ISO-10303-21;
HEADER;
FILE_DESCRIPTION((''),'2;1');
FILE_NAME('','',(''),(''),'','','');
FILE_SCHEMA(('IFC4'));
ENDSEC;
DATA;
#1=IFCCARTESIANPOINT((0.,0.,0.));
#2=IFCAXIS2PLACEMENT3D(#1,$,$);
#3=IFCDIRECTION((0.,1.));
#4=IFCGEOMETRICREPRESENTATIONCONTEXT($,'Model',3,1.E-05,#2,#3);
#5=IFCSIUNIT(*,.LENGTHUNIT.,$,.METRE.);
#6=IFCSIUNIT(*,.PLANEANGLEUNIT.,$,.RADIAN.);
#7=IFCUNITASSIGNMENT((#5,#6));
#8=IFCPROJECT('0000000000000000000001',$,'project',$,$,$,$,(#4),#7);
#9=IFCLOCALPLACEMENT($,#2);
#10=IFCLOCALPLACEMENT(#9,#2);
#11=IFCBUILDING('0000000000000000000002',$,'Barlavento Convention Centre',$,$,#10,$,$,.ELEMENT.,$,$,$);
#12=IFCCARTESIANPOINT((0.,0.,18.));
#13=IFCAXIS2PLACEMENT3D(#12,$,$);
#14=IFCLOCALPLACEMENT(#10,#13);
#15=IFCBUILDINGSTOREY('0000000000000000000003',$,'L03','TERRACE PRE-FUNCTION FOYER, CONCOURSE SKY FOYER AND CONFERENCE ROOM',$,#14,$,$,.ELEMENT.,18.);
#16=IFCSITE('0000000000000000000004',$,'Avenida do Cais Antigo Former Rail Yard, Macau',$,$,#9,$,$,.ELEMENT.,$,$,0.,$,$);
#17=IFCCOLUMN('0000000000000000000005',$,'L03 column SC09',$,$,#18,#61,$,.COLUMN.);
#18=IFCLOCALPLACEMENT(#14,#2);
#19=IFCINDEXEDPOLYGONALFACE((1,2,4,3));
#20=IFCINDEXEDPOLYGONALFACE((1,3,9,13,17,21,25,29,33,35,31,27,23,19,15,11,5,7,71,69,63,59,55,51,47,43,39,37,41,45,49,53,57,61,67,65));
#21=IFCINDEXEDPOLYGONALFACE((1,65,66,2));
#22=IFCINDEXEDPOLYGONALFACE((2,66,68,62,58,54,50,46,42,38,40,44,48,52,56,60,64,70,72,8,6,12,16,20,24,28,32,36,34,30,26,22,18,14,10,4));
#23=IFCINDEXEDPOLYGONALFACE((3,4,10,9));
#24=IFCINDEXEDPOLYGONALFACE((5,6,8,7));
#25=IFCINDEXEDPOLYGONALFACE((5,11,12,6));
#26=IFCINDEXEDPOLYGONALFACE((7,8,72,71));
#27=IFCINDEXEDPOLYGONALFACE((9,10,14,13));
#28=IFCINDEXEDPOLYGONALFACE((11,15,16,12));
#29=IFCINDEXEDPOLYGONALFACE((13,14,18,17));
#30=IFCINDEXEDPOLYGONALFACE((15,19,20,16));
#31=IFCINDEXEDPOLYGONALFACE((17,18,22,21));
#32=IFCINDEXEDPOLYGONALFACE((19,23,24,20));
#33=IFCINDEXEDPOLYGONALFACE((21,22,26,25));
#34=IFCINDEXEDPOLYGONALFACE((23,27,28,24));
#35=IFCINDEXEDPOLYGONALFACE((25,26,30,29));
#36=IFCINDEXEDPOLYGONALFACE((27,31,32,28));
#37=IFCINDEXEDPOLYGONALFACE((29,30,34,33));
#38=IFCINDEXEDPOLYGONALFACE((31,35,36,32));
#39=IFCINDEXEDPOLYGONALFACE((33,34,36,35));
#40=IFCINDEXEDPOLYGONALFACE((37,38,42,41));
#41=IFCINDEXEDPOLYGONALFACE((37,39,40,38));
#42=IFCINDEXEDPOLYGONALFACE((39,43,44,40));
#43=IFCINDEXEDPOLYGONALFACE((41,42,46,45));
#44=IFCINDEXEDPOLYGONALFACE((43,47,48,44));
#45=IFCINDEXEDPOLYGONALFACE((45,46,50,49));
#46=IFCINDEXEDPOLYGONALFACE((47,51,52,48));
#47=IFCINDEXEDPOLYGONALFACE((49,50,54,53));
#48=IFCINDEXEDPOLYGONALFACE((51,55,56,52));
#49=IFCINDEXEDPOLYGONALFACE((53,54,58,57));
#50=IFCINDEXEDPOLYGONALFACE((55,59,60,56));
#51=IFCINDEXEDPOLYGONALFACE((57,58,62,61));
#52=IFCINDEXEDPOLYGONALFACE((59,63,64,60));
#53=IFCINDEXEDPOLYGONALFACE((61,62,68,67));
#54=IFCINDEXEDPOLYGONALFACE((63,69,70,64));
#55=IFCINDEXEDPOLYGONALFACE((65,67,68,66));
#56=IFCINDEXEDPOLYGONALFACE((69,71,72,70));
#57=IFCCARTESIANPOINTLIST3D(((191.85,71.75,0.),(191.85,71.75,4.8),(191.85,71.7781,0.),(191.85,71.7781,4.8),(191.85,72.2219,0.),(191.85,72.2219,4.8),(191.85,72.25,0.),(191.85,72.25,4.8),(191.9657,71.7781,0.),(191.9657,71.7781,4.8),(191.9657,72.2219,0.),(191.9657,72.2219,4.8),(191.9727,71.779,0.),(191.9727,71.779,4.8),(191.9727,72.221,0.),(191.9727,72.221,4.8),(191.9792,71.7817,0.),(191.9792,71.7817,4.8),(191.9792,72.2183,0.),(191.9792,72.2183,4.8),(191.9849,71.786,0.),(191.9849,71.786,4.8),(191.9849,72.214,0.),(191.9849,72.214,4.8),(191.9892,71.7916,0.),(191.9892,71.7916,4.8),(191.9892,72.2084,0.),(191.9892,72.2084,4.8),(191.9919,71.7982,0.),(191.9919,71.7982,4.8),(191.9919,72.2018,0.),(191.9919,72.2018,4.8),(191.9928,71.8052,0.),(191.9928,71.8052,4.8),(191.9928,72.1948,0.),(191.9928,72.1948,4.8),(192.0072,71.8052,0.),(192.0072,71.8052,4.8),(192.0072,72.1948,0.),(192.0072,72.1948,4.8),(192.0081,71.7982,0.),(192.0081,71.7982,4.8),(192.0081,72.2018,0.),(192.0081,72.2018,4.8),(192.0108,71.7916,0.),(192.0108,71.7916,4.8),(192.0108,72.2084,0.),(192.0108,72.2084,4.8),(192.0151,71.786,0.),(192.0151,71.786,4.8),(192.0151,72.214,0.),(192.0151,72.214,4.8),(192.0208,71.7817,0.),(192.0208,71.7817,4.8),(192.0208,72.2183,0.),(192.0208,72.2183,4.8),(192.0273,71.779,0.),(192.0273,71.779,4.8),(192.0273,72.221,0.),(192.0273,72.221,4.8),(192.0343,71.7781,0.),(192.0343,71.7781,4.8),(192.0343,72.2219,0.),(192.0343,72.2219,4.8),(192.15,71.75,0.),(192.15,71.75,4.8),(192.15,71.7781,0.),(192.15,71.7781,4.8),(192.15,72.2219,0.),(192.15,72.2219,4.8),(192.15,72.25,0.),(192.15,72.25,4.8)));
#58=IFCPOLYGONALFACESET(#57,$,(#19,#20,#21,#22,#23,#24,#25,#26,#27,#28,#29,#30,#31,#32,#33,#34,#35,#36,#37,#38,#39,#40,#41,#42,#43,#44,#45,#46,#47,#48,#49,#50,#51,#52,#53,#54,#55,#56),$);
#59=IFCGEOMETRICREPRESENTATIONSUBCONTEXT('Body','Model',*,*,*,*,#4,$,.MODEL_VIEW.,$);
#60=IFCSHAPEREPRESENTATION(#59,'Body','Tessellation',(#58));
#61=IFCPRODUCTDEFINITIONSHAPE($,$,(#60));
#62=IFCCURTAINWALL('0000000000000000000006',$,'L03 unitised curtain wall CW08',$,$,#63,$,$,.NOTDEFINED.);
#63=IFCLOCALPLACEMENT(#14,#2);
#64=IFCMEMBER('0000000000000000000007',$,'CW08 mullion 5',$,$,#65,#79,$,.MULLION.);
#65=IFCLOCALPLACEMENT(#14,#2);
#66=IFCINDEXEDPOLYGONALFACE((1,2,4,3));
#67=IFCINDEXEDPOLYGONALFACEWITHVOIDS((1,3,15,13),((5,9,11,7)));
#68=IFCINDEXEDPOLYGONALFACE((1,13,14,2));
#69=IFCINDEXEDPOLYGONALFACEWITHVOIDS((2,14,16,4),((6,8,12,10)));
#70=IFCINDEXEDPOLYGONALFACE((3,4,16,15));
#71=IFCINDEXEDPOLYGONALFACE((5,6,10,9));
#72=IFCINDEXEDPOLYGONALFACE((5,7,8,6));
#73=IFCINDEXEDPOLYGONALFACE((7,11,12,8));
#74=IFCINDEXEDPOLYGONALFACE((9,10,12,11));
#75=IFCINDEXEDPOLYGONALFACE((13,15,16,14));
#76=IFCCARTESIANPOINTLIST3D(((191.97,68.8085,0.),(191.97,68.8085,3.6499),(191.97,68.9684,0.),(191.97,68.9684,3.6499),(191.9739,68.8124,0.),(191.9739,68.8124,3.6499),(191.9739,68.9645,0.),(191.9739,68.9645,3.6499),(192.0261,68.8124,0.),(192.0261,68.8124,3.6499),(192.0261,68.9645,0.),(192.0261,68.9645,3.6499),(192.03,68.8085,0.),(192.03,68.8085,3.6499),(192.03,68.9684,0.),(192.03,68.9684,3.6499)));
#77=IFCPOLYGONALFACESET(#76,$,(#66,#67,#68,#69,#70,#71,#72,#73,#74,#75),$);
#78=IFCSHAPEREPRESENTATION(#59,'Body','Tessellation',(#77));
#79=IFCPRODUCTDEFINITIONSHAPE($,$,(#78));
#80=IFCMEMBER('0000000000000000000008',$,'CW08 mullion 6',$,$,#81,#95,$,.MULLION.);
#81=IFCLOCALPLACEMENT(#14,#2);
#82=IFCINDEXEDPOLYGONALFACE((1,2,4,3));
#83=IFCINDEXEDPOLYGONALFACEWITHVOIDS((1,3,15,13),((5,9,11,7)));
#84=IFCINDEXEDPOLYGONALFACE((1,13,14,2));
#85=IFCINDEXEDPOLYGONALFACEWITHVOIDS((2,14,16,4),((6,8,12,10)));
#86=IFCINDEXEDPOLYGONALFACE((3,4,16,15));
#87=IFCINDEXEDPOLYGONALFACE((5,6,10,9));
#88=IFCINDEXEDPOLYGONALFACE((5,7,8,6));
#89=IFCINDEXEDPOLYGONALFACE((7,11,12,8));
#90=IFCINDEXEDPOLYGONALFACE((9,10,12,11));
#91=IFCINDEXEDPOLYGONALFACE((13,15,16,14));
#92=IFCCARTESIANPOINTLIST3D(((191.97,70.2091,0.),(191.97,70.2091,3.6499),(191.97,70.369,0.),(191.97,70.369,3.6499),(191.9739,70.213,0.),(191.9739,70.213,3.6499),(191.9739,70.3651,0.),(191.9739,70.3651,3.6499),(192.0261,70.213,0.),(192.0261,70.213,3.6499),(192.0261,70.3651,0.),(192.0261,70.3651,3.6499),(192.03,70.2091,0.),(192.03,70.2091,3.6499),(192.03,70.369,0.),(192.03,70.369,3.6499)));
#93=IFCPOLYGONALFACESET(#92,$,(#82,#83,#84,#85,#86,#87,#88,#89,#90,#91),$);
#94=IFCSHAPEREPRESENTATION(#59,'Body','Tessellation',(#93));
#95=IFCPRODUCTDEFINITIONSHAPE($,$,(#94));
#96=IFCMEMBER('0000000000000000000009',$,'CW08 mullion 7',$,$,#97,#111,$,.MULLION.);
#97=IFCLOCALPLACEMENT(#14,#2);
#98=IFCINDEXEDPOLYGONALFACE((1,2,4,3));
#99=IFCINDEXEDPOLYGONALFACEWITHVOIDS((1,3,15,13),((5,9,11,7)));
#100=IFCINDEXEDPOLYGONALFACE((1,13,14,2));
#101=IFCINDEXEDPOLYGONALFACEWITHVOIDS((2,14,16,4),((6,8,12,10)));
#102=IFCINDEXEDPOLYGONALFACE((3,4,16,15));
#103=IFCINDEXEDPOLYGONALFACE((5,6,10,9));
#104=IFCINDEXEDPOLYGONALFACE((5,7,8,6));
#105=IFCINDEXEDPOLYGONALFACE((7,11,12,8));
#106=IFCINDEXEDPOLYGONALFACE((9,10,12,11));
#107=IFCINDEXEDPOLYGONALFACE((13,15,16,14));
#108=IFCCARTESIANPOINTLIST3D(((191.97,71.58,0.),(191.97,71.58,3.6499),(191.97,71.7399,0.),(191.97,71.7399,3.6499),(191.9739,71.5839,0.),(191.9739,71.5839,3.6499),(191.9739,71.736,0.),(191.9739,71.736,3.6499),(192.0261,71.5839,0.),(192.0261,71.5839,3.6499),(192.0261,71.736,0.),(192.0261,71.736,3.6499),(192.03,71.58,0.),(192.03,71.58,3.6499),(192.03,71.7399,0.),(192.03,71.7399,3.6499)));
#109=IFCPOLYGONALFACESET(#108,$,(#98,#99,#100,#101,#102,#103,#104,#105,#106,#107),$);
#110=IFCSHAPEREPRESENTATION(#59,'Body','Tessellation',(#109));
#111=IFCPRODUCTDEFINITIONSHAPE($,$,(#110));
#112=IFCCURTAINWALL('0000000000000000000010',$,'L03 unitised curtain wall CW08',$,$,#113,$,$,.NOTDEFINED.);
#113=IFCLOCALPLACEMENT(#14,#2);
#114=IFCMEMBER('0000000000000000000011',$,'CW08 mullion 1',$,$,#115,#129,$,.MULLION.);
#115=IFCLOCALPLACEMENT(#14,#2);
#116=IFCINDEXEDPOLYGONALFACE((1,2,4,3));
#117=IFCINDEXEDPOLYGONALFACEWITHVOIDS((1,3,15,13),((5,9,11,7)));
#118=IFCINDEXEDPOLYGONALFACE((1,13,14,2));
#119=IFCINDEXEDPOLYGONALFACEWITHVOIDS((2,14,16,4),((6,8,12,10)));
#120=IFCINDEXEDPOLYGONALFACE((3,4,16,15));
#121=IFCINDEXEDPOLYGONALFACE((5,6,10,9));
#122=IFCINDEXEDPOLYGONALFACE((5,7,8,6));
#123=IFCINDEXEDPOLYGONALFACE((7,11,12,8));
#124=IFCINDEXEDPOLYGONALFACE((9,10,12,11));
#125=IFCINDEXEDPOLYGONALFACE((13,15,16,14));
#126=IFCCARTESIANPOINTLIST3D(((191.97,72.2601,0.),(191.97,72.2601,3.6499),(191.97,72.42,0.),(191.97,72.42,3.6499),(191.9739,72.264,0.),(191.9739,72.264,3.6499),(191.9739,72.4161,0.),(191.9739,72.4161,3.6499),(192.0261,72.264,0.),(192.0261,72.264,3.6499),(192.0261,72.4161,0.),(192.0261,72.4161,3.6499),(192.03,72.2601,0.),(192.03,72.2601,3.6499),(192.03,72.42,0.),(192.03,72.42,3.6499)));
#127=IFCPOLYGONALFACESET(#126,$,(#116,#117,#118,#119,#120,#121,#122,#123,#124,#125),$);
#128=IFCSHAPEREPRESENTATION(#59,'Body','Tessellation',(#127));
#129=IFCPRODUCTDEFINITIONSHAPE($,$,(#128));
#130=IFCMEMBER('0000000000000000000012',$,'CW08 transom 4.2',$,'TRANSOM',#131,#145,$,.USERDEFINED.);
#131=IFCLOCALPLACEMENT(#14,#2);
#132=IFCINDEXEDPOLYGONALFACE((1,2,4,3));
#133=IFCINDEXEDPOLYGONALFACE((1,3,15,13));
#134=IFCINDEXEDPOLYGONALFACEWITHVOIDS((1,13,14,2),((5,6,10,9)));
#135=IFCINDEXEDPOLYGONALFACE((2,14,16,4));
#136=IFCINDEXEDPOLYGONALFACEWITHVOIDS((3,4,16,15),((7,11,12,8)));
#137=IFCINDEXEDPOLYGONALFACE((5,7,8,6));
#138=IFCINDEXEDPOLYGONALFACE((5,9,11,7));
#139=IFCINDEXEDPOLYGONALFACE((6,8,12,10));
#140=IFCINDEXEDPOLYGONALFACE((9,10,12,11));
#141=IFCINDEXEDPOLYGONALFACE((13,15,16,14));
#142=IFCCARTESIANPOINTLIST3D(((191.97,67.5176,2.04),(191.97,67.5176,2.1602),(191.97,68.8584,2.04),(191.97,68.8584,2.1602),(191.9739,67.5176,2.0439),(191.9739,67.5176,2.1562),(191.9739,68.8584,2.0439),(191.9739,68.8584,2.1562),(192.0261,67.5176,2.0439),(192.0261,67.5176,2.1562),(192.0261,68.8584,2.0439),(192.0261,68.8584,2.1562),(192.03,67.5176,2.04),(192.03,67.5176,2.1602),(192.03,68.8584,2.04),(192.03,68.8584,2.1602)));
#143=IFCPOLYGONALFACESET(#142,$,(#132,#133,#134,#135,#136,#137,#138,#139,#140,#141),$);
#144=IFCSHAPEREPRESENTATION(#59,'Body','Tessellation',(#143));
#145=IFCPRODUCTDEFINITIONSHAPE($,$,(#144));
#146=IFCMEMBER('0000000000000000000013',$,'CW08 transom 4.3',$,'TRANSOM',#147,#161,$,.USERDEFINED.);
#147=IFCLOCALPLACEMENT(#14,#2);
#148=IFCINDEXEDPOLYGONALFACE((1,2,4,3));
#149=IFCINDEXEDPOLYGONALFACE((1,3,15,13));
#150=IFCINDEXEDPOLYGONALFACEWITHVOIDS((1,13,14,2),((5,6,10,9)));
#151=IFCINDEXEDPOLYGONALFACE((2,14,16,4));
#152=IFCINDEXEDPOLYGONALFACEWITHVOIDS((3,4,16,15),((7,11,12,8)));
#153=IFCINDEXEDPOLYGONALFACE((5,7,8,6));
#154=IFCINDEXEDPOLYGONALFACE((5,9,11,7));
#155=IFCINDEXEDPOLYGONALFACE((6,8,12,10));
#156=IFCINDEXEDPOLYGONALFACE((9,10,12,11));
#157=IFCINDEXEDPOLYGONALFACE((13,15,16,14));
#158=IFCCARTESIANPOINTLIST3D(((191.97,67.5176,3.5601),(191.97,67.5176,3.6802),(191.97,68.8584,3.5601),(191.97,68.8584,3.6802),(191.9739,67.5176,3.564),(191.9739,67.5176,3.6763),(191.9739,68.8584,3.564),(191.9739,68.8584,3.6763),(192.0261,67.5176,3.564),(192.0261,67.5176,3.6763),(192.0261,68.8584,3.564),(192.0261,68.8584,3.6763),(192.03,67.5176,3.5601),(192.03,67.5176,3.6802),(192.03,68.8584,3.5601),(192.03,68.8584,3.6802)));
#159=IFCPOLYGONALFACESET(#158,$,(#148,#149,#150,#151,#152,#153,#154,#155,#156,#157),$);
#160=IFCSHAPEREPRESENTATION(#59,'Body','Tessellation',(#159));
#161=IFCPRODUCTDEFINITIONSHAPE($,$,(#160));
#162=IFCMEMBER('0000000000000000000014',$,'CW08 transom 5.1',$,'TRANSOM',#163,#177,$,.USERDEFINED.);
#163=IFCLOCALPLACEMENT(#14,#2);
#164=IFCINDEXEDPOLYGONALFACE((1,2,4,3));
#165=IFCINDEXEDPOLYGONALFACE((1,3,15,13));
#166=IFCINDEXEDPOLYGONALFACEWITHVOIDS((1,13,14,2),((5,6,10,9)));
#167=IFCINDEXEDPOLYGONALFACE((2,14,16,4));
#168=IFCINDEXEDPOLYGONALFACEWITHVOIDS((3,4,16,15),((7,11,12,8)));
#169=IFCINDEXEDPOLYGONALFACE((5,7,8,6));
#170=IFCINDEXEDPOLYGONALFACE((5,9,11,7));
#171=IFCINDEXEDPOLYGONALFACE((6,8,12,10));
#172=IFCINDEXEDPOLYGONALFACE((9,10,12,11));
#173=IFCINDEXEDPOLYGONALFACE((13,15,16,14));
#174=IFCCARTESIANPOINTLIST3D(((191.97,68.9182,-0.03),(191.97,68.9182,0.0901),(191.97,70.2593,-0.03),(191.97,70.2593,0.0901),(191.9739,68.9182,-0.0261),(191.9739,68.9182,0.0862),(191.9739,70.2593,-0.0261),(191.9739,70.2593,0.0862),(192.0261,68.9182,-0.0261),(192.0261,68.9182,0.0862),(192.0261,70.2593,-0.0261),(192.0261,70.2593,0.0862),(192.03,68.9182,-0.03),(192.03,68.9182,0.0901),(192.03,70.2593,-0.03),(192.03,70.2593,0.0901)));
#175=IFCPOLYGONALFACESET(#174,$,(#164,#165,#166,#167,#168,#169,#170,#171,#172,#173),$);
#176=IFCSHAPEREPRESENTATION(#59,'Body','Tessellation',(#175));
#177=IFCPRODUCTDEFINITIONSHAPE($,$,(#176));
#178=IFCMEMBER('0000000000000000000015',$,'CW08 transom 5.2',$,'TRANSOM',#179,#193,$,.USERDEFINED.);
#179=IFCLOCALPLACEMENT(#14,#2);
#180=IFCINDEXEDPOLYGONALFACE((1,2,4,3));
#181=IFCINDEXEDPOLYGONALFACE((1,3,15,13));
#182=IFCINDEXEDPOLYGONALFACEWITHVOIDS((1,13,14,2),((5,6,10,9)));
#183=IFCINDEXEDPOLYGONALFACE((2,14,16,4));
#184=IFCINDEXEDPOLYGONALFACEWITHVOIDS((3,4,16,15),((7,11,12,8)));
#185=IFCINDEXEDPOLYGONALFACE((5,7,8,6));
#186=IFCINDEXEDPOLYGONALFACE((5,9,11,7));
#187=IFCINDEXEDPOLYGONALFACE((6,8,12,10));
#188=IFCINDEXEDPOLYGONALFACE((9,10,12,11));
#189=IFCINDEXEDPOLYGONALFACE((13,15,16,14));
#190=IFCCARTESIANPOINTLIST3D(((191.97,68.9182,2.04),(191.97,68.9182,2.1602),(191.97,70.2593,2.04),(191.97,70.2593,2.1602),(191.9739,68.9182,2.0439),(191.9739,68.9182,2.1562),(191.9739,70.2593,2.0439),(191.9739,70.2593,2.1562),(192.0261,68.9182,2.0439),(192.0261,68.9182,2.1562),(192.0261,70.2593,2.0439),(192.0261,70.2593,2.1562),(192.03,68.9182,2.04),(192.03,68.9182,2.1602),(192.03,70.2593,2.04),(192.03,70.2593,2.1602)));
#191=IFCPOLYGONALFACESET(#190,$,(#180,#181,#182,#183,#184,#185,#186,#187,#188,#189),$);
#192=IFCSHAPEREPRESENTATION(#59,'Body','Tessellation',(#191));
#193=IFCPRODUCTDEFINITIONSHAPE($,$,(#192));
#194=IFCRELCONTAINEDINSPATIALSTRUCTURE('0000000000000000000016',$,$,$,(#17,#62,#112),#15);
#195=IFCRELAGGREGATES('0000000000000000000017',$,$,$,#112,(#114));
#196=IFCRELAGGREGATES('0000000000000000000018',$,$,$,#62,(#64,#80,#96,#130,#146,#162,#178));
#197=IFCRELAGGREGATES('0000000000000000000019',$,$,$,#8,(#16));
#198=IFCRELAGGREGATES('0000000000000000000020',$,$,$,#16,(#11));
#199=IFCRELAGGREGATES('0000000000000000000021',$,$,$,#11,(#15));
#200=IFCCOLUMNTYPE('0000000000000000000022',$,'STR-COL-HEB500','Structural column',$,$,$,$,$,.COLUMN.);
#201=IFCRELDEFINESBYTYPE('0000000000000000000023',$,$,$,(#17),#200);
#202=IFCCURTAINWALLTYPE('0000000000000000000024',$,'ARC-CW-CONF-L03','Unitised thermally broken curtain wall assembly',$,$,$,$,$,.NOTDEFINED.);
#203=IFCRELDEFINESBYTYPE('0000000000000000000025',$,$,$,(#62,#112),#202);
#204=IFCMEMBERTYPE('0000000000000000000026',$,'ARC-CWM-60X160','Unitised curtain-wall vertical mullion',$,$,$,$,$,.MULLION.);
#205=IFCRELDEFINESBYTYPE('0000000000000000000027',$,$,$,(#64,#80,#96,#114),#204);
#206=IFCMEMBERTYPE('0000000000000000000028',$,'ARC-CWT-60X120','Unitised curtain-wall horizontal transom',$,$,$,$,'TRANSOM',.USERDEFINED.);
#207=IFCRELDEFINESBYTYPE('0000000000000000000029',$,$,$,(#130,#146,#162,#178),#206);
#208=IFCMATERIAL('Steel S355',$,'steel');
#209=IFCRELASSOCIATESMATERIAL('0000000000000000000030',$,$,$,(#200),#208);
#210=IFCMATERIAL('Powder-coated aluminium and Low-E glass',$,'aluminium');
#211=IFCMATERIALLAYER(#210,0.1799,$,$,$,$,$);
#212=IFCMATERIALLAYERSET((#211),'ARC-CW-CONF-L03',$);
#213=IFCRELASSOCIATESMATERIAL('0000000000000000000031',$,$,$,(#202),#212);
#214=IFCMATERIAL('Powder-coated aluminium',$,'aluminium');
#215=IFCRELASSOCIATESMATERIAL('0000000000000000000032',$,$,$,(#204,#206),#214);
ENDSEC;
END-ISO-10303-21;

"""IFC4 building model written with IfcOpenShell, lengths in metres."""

from ifc_helpers import new_model, si_unit, direction, frame, origin, origin_2d, place, context, subcontext, project, spatial, hollow_rectangle, i_section, extrude, material, layer, layer_set, material_profile, profile_set, type_object, element, aggregate, save


model = new_model("IFC4")

# Units and contexts
model_context = context("Model", 3, precision=1e-05, world=origin(), true_north=direction((0.0, 1.0)))
body_context = subcontext(model_context, "Body", "Model", "MODEL_VIEW")
ifc_project = project(units=[si_unit("LENGTHUNIT", "METRE"), si_unit("PLANEANGLEUNIT", "RADIAN")], contexts=[model_context])

# Site, building, storey
site_placement = place(None, origin())
site = spatial("IfcSite", under=ifc_project, at=site_placement, Name="Avenida do Cais Antigo Former Rail Yard, Macau", CompositionType="ELEMENT", RefElevation=0.0)
building_placement = place(site_placement, origin())
building = spatial("IfcBuilding", under=site, at=building_placement, Name="Barlavento Convention Centre", CompositionType="ELEMENT")
storey_placement = place(building_placement, frame((0.0, 0.0, 18.0)))
storey = spatial("IfcBuildingStorey", under=building, at=storey_placement, Name="L03", Description="TERRACE PRE-FUNCTION FOYER, CONCOURSE SKY FOYER AND CONFERENCE ROOM", CompositionType="ELEMENT", Elevation=18.0)

# Column
ifc_material_1 = material(Name="Steel S355", Category="steel")
ifc_material_profile_1 = material_profile(ifc_material_1, i_section(OverallWidth=0.3, OverallDepth=0.5, WebThickness=0.0144, FlangeThickness=0.0281, FilletRadius=0.0271, at=origin_2d()), Name="HEB 500")
ifc_profile_set_1 = profile_set([ifc_material_profile_1], Name="Steel S355")
column_type = type_object("IfcColumnType", Name="STR-COL-HEB500", Description="Structural column", PredefinedType="COLUMN", material=ifc_profile_set_1)
column_placement = place(storey_placement, frame((192.0, 72.0, 0.0), z_axis=(0.0, 0.0, 1.0), x_axis=(1.0, 0.0, 0.0)))
element("IfcColumn", 1, at=column_placement, inside=storey, type_object=column_type, Name="L03 column SC09", PredefinedType="COLUMN", context=body_context, shape_type="SweptSolid", body=[
    extrude(i_section(OverallWidth=0.3, OverallDepth=0.5, WebThickness=0.0144, FlangeThickness=0.0281, FilletRadius=0.0271, at=origin_2d()), origin(), (0.0, 0.0, 1.0), 4.8),
])

# Curtain wall, members
ifc_material_2 = material(Name="Powder-coated aluminium and Low-E glass", Category="aluminium")
ifc_layer_1 = layer(ifc_material_2, 0.1799)
ifc_layer_set_1 = layer_set([ifc_layer_1], Name="ARC-CW-CONF-L03")
curtain_wall_type = type_object("IfcCurtainWallType", Name="ARC-CW-CONF-L03", Description="Unitised thermally broken curtain wall assembly", PredefinedType="NOTDEFINED", material=ifc_layer_set_1)
curtain_wall_1_placement = place(storey_placement, origin())
curtain_wall_1 = element("IfcCurtainWall", 2, at=curtain_wall_1_placement, inside=storey, type_object=curtain_wall_type, Name="L03 unitised curtain wall CW08", PredefinedType="NOTDEFINED")
ifc_material_3 = material(Name="Powder-coated aluminium", Category="aluminium")
ifc_material_profile_2 = material_profile(ifc_material_3, hollow_rectangle(XDim=0.0601, YDim=0.1599, WallThickness=0.0039, at=origin_2d()), Name="AL-MULL 60x160x4")
ifc_profile_set_2 = profile_set([ifc_material_profile_2], Name="Powder-coated aluminium")
member_type_1 = type_object("IfcMemberType", Name="ARC-CWM-60X160", Description="Unitised curtain-wall vertical mullion", PredefinedType="MULLION", material=ifc_profile_set_2)
member_1_placement = place(storey_placement, frame((192.0, 68.8884, 0.0), z_axis=(0.0, 0.0, 1.0), x_axis=(-1.0, 0.0, 0.0)))
member_1 = element("IfcMember", 3, at=member_1_placement, type_object=member_type_1, Name="CW08 mullion 5", PredefinedType="MULLION", context=body_context, shape_type="SweptSolid", body=[
    extrude(hollow_rectangle(XDim=0.0601, YDim=0.1599, WallThickness=0.0039, at=origin_2d()), origin(), (0.0, 0.0, 1.0), 3.6499),
])
member_2_placement = place(storey_placement, frame((192.0, 70.2891, 0.0), z_axis=(0.0, 0.0, 1.0), x_axis=(-1.0, 0.0, 0.0)))
member_2 = element("IfcMember", 4, at=member_2_placement, type_object=member_type_1, Name="CW08 mullion 6", PredefinedType="MULLION", context=body_context, shape_type="SweptSolid", body=[
    extrude(hollow_rectangle(XDim=0.0601, YDim=0.1599, WallThickness=0.0039, at=origin_2d()), origin(), (0.0, 0.0, 1.0), 3.6499),
])
member_3_placement = place(storey_placement, frame((192.0, 71.6599, 0.0), z_axis=(0.0, 0.0, 1.0), x_axis=(-1.0, 0.0, 0.0)))
member_3 = element("IfcMember", 5, at=member_3_placement, type_object=member_type_1, Name="CW08 mullion 7", PredefinedType="MULLION", context=body_context, shape_type="SweptSolid", body=[
    extrude(hollow_rectangle(XDim=0.0601, YDim=0.1599, WallThickness=0.0039, at=origin_2d()), origin(), (0.0, 0.0, 1.0), 3.6499),
])

# Curtain wall, member
curtain_wall_2_placement = place(storey_placement, origin())
curtain_wall_2 = element("IfcCurtainWall", 6, at=curtain_wall_2_placement, inside=storey, type_object=curtain_wall_type, Name="L03 unitised curtain wall CW08", PredefinedType="NOTDEFINED")
member_4_placement = place(storey_placement, frame((192.0, 72.3401, 0.0), z_axis=(0.0, 0.0, 1.0), x_axis=(-1.0, 0.0, 0.0)))
member_4 = element("IfcMember", 7, at=member_4_placement, type_object=member_type_1, Name="CW08 mullion 1", PredefinedType="MULLION", context=body_context, shape_type="SweptSolid", body=[
    extrude(hollow_rectangle(XDim=0.0601, YDim=0.1599, WallThickness=0.0039, at=origin_2d()), origin(), (0.0, 0.0, 1.0), 3.6499),
])

# Members
ifc_material_profile_3 = material_profile(ifc_material_3, hollow_rectangle(XDim=0.0601, YDim=0.1201, WallThickness=0.0039, at=origin_2d()), Name="AL-TRAN 60x120x4")
ifc_profile_set_3 = profile_set([ifc_material_profile_3], Name="Powder-coated aluminium")
member_type_2 = type_object("IfcMemberType", Name="ARC-CWT-60X120", Description="Unitised curtain-wall horizontal transom", ElementType="TRANSOM", PredefinedType="USERDEFINED", material=ifc_profile_set_3)
member_5_placement = place(storey_placement, frame((192.0, 67.5176, 2.1001), z_axis=(0.0, 1.0, 0.0), x_axis=(-1.0, 0.0, 0.0)))
member_5 = element("IfcMember", 8, at=member_5_placement, type_object=member_type_2, Name="CW08 transom 4.2", ObjectType="TRANSOM", PredefinedType="USERDEFINED", context=body_context, shape_type="SweptSolid", body=[
    extrude(hollow_rectangle(XDim=0.0601, YDim=0.1201, WallThickness=0.0039, at=origin_2d()), origin(), (0.0, 0.0, 1.0), 1.3408),
])
member_6_placement = place(storey_placement, frame((192.0, 67.5176, 3.6201), z_axis=(0.0, 1.0, 0.0), x_axis=(-1.0, 0.0, 0.0)))
member_6 = element("IfcMember", 9, at=member_6_placement, type_object=member_type_2, Name="CW08 transom 4.3", ObjectType="TRANSOM", PredefinedType="USERDEFINED", context=body_context, shape_type="SweptSolid", body=[
    extrude(hollow_rectangle(XDim=0.0601, YDim=0.1201, WallThickness=0.0039, at=origin_2d()), origin(), (0.0, 0.0, 1.0), 1.3408),
])
member_7_placement = place(storey_placement, frame((192.0, 68.9182, 0.03), z_axis=(0.0, 1.0, 0.0), x_axis=(-1.0, 0.0, 0.0)))
member_7 = element("IfcMember", 10, at=member_7_placement, type_object=member_type_2, Name="CW08 transom 5.1", ObjectType="TRANSOM", PredefinedType="USERDEFINED", context=body_context, shape_type="SweptSolid", body=[
    extrude(hollow_rectangle(XDim=0.0601, YDim=0.1201, WallThickness=0.0039, at=origin_2d()), origin(), (0.0, 0.0, 1.0), 1.3411),
])
member_8_placement = place(storey_placement, frame((192.0, 68.9182, 2.1001), z_axis=(0.0, 1.0, 0.0), x_axis=(-1.0, 0.0, 0.0)))
member_8 = element("IfcMember", 11, at=member_8_placement, type_object=member_type_2, Name="CW08 transom 5.2", ObjectType="TRANSOM", PredefinedType="USERDEFINED", context=body_context, shape_type="SweptSolid", body=[
    extrude(hollow_rectangle(XDim=0.0601, YDim=0.1201, WallThickness=0.0039, at=origin_2d()), origin(), (0.0, 0.0, 1.0), 1.3411),
])
aggregate(curtain_wall_2, [member_4])

aggregate(curtain_wall_1, [member_1, member_2, member_3, member_5, member_6, member_7, member_8])

save(model, "model.ifc")
